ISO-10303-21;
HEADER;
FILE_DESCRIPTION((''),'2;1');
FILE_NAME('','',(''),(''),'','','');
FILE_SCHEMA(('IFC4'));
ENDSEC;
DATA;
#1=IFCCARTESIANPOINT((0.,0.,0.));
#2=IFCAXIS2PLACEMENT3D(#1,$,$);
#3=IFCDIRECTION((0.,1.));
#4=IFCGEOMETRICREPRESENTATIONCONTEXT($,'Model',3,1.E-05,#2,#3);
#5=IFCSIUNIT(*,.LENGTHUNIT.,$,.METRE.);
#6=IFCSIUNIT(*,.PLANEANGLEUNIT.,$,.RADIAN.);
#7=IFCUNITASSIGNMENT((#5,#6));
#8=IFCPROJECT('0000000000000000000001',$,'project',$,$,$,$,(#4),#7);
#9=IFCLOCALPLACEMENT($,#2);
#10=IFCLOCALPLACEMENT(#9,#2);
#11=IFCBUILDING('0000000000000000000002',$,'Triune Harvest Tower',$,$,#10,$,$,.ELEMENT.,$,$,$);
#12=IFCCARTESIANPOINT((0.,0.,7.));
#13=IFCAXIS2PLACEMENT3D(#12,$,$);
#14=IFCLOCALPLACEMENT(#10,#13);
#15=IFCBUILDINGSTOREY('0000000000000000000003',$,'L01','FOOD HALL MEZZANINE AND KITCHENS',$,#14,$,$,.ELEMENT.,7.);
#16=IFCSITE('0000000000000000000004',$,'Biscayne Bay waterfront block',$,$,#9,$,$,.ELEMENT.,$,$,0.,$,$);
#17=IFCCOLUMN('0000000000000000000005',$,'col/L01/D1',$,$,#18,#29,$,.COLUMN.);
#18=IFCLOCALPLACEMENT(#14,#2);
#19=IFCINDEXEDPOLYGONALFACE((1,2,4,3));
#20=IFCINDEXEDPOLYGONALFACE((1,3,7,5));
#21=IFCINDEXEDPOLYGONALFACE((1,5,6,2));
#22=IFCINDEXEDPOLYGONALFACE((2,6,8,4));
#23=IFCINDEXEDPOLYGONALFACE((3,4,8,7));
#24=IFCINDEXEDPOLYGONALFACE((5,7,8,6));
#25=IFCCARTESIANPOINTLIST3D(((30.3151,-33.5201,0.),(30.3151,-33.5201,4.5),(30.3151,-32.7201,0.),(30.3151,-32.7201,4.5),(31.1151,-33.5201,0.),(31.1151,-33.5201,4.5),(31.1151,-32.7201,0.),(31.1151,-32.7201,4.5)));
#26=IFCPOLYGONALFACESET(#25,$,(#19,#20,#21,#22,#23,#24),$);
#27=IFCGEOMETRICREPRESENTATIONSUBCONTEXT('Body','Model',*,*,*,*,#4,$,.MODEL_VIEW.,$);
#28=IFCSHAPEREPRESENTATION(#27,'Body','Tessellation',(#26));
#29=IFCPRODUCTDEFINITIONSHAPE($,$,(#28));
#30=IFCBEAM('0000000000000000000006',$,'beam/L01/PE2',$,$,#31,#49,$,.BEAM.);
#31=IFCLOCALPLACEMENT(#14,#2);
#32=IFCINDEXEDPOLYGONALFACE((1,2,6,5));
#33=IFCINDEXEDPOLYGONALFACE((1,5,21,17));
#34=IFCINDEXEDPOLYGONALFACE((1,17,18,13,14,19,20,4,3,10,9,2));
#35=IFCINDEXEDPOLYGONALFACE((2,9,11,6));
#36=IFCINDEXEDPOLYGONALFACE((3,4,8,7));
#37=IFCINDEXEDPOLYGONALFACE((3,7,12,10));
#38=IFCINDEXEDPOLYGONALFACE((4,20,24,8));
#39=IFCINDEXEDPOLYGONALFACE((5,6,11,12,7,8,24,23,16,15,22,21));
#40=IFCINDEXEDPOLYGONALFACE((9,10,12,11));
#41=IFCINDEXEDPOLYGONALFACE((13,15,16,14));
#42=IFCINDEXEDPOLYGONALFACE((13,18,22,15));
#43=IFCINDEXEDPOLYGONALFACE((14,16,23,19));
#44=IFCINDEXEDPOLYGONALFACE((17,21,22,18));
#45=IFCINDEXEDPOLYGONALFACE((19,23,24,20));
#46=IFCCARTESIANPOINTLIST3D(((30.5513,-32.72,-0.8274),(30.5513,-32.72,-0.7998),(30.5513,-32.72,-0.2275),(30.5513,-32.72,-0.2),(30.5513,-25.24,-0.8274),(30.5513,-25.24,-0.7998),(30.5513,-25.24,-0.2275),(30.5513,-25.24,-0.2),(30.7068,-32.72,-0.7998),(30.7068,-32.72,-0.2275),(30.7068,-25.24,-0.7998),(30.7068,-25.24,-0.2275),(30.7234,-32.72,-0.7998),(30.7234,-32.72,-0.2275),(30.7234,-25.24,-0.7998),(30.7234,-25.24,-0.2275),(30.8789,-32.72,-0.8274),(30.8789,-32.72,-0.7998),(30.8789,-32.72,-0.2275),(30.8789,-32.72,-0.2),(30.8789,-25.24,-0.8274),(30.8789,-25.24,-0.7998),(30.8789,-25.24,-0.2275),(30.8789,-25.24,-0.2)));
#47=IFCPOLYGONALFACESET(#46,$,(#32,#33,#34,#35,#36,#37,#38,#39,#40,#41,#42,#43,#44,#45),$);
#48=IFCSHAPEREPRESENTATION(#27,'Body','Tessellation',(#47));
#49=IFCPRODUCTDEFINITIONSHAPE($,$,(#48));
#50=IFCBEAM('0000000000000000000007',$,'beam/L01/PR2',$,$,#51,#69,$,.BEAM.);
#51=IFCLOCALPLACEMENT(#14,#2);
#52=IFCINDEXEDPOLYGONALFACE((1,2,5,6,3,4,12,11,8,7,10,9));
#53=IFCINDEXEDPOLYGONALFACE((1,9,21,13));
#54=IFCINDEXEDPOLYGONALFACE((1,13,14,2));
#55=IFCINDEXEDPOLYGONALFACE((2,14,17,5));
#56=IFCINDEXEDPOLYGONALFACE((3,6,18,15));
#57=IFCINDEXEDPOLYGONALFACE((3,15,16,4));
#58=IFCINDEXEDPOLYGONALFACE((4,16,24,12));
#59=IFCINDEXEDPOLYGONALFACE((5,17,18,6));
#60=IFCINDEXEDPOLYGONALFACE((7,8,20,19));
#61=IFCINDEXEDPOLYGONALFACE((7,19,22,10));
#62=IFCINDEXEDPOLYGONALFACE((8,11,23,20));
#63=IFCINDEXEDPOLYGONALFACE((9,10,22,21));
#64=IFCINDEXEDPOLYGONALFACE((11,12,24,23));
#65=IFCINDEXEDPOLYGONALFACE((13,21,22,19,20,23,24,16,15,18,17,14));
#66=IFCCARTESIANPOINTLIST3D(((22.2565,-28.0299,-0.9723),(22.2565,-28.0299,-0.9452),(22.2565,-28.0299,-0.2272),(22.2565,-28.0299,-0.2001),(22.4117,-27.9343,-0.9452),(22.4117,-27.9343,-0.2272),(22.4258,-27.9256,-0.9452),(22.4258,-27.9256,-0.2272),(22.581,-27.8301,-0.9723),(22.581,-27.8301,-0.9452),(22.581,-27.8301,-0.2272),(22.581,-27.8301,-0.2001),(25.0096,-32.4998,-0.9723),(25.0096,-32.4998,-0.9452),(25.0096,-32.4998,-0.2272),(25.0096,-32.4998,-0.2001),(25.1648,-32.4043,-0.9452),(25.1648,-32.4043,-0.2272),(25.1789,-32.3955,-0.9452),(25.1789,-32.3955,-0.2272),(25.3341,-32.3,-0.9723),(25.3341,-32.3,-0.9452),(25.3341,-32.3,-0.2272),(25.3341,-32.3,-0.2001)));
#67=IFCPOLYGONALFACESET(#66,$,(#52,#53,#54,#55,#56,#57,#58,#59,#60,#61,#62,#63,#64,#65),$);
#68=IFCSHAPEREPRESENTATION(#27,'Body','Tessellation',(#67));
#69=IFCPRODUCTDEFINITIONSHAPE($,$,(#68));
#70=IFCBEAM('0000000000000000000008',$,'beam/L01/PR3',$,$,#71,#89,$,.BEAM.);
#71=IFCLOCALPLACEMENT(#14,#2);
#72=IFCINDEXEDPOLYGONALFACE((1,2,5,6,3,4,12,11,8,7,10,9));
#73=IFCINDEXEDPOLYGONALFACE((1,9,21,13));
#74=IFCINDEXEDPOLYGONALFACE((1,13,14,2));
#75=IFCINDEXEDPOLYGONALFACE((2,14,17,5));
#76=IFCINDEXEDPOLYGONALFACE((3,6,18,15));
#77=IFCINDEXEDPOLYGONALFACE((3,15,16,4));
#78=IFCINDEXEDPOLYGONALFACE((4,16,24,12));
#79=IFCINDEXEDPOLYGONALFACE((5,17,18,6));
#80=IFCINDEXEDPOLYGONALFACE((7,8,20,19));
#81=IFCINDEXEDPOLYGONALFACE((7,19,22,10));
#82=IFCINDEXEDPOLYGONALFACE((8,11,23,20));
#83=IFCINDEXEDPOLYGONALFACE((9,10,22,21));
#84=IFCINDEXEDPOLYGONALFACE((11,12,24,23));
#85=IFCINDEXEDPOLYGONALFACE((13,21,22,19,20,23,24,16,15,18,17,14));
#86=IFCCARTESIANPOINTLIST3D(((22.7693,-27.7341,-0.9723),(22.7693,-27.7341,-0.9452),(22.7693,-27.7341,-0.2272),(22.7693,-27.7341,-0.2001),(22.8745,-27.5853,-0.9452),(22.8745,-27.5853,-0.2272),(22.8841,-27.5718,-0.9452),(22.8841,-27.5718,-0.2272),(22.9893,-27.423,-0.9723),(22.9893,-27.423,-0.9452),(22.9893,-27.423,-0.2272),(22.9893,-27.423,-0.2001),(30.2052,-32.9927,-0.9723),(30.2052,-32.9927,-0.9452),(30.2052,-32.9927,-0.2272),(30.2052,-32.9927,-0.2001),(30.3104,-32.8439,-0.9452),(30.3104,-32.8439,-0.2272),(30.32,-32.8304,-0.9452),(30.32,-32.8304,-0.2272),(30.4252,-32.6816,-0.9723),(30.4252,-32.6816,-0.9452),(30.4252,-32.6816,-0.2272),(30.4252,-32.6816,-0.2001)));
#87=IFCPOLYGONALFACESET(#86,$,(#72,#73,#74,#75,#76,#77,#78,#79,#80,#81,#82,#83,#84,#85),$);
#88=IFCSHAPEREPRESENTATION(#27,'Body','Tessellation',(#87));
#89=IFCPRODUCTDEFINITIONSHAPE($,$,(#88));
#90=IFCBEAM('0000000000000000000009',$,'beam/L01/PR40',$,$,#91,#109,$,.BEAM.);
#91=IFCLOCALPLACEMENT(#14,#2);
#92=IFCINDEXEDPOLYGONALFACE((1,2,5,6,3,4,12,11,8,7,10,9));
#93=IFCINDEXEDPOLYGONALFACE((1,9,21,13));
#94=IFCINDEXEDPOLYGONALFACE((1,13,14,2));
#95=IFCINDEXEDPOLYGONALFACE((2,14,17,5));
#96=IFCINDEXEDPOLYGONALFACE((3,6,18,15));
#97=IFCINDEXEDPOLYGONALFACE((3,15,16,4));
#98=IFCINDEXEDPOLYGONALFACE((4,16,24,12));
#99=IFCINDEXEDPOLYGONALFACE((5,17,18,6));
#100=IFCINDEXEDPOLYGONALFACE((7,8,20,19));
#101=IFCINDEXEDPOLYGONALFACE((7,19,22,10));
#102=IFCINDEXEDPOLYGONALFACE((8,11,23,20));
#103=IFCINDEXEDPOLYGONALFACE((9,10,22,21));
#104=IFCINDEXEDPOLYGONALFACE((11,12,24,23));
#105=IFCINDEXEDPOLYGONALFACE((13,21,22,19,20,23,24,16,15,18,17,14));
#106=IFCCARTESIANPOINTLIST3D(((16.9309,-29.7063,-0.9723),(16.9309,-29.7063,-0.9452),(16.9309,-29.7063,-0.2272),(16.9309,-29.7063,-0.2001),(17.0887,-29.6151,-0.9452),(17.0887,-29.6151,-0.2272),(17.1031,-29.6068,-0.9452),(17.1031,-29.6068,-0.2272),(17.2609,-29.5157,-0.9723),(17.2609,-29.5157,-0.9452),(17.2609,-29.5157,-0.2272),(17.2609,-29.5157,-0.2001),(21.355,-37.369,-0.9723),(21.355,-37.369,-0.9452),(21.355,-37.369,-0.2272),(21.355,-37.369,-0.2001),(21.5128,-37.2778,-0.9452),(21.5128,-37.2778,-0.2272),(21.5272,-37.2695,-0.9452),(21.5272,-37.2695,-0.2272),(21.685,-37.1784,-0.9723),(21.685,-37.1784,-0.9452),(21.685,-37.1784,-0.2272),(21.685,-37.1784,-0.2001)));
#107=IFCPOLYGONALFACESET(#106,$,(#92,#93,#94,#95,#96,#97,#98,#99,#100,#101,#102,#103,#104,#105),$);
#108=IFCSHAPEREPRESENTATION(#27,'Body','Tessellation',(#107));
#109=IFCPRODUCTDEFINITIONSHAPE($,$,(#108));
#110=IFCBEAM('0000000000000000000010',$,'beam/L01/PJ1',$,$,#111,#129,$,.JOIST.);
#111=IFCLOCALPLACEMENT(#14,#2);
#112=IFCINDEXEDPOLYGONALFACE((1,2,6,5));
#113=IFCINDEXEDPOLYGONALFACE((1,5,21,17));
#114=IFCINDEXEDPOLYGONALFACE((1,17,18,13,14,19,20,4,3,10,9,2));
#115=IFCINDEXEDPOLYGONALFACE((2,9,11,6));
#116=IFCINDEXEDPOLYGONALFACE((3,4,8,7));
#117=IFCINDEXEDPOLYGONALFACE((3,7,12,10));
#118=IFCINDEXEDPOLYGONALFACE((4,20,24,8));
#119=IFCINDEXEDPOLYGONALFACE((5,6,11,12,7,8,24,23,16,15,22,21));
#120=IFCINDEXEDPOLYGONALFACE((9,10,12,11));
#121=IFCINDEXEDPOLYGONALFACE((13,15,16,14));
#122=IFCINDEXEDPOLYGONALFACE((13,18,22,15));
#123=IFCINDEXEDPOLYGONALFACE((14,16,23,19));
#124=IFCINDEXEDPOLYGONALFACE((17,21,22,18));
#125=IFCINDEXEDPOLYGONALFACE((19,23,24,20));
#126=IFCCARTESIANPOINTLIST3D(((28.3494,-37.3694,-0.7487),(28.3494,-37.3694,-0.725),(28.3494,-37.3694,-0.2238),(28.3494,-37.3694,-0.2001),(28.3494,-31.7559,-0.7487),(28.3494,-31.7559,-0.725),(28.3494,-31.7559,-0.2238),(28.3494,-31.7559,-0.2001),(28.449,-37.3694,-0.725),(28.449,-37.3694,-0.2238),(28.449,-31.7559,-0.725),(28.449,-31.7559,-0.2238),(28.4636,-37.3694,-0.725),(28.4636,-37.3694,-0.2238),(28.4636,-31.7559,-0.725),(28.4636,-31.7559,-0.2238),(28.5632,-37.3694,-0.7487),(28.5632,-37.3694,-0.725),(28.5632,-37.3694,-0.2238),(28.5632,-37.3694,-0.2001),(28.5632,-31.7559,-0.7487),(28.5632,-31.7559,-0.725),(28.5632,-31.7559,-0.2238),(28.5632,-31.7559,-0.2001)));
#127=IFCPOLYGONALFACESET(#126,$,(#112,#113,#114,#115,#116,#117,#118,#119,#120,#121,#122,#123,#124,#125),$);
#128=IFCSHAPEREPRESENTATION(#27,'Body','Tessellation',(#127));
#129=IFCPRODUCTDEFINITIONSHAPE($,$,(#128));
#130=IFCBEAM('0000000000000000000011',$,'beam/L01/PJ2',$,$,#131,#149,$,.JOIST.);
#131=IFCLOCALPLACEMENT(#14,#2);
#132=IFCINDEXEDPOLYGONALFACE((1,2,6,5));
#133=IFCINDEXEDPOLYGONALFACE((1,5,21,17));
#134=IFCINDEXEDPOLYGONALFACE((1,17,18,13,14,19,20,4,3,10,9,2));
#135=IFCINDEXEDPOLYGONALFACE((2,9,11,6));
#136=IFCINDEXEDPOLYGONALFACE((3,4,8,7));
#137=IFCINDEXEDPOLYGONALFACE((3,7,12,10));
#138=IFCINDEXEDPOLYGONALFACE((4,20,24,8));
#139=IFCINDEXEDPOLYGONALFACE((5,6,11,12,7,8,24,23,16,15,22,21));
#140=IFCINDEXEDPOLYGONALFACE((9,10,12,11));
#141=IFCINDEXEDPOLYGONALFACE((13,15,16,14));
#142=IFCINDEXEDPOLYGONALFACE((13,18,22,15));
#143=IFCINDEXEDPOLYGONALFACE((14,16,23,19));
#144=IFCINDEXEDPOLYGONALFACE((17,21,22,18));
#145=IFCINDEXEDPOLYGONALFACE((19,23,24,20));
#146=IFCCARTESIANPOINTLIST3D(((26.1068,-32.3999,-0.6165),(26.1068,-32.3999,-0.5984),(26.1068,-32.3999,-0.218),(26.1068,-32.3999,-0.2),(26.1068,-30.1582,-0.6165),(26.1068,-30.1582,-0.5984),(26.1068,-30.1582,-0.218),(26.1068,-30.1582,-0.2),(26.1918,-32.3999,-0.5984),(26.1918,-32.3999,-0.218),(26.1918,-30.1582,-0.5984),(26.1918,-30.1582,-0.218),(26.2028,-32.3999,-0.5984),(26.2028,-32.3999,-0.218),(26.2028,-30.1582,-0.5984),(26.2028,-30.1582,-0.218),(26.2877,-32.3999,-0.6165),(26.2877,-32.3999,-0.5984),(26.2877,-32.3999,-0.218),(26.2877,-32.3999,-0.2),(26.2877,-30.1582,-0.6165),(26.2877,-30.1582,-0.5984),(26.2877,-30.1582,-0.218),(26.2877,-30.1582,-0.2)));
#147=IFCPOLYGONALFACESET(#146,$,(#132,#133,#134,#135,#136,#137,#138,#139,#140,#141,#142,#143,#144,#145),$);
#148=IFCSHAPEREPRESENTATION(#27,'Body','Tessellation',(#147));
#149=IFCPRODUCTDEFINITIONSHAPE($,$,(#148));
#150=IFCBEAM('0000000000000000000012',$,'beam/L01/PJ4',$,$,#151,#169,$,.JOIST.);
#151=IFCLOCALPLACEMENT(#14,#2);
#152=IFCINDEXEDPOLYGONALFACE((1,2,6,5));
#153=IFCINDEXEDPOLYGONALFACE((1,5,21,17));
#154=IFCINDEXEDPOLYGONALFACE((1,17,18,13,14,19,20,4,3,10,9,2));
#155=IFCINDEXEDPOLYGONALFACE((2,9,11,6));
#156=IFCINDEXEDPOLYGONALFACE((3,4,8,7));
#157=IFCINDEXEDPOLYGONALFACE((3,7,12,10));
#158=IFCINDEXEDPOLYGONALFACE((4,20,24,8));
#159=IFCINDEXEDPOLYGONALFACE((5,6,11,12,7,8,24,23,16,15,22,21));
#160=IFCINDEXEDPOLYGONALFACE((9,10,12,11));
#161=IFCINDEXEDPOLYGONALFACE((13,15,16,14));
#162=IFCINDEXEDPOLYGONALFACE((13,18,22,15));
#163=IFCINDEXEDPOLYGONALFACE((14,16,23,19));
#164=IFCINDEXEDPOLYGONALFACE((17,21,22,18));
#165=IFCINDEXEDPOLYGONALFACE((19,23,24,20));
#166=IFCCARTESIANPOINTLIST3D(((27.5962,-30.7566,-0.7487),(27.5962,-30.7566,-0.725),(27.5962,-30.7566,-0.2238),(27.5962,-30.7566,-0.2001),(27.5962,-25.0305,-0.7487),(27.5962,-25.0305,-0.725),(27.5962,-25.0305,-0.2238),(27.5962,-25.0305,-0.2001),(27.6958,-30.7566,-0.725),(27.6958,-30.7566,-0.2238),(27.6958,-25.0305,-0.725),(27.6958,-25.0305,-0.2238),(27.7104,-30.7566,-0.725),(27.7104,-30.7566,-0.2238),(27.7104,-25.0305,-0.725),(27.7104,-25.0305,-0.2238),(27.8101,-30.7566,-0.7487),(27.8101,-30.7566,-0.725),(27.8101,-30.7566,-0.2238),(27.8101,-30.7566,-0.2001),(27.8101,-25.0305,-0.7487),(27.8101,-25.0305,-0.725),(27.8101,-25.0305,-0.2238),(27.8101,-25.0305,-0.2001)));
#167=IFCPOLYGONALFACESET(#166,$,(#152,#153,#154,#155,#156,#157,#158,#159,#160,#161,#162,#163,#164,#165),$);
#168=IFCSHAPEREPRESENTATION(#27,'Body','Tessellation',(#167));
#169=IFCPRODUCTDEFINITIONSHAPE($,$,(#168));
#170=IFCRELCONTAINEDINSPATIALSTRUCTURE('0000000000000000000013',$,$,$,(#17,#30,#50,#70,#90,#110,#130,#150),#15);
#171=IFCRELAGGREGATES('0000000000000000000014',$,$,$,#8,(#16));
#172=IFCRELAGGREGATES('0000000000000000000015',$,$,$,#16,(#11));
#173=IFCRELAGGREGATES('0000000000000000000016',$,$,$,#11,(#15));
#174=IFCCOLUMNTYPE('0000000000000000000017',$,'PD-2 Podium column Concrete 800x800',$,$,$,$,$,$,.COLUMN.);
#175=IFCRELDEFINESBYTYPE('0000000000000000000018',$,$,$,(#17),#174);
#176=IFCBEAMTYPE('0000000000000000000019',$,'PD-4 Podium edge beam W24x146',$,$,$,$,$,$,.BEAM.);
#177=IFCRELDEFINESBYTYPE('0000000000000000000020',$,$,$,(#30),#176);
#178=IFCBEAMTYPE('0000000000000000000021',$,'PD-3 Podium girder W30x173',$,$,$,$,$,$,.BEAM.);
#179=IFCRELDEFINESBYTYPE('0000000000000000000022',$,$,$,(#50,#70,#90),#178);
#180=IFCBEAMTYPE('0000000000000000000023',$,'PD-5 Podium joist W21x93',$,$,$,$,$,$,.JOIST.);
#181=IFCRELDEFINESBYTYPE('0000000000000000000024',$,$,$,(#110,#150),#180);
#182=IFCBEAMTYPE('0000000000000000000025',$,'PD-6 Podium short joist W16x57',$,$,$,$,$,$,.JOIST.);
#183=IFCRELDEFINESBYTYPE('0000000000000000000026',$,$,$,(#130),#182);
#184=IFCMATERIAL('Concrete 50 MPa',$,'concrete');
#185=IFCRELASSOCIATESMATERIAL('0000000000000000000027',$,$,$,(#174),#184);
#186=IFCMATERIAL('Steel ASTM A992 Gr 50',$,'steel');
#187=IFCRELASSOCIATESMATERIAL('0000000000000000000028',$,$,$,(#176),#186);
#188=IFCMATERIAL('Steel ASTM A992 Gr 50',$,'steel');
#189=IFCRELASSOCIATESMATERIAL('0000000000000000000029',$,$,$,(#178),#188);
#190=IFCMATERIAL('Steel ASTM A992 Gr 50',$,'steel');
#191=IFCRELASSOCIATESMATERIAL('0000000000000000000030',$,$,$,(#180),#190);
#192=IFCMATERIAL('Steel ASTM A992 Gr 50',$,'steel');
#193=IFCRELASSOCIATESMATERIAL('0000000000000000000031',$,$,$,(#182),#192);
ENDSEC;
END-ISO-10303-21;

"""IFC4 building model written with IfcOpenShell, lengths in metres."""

from ifc_helpers import new_model, si_unit, direction, frame, origin, origin_2d, place, context, subcontext, project, spatial, rectangle, i_section, extrude, source, transform, mapped, material, material_profile, profile_set, type_object, element, save


model = new_model("IFC4")

# Units and contexts
model_context = context("Model", 3, precision=1e-05, world=origin(), true_north=direction((0.0, 1.0)))
body_context = subcontext(model_context, "Body", "Model", "MODEL_VIEW")
ifc_project = project(units=[si_unit("LENGTHUNIT", "METRE"), si_unit("PLANEANGLEUNIT", "RADIAN")], contexts=[model_context])

# Site, building, storey
site_placement = place(None, origin())
site = spatial("IfcSite", under=ifc_project, at=site_placement, Name="Biscayne Bay waterfront block", CompositionType="ELEMENT", RefElevation=0.0)
building_placement = place(site_placement, origin())
building = spatial("IfcBuilding", under=site, at=building_placement, Name="Triune Harvest Tower", CompositionType="ELEMENT")
storey_placement = place(building_placement, frame((0.0, 0.0, 7.0)))
storey = spatial("IfcBuildingStorey", under=building, at=storey_placement, Name="L01", Description="FOOD HALL MEZZANINE AND KITCHENS", CompositionType="ELEMENT", Elevation=7.0)

# Column
ifc_material_1 = material(Name="Concrete 50 MPa", Category="concrete")
ifc_material_profile_1 = material_profile(ifc_material_1, rectangle(XDim=0.8, YDim=0.8, at=origin_2d()), Name="Concrete 800x800")
ifc_profile_set_1 = profile_set([ifc_material_profile_1], Name="Concrete 50 MPa")
column_type = type_object("IfcColumnType", Name="PD-2 Podium column Concrete 800x800", PredefinedType="COLUMN", material=ifc_profile_set_1)
shared_shape_1 = source(origin(), body_context, "Body", "SweptSolid", [
    extrude(rectangle(XDim=0.8, YDim=0.8, at=origin_2d()), origin(), (0.0, 0.0, 1.0), 4.5),
])
column_placement = place(storey_placement, frame((30.7151, -33.1201, 0.0), z_axis=(0.0, 0.0, 1.0), x_axis=(0.0, 1.0, 0.0)))
element("IfcColumn", 1, at=column_placement, inside=storey, type_object=column_type, Name="col/L01/D1", PredefinedType="COLUMN", context=body_context, shape_type="MappedRepresentation", body=[
    mapped(shared_shape_1, transform((0.0, 0.0, 0.0), scale=1.0)),
])

# Beams
ifc_material_2 = material(Name="Steel ASTM A992 Gr 50", Category="steel")
ifc_material_profile_2 = material_profile(ifc_material_2, i_section(OverallWidth=0.3276, OverallDepth=0.6274, WebThickness=0.0166, FlangeThickness=0.0276, at=origin_2d()), Name="W24x146")
ifc_profile_set_2 = profile_set([ifc_material_profile_2], Name="Steel ASTM A992 Gr 50")
beam_type_1 = type_object("IfcBeamType", Name="PD-4 Podium edge beam W24x146", PredefinedType="BEAM", material=ifc_profile_set_2)
shared_shape_2 = source(origin(), body_context, "Body", "SweptSolid", [
    extrude(i_section(OverallWidth=0.3276, OverallDepth=0.6274, WebThickness=0.0166, FlangeThickness=0.0276, at=origin_2d()), origin(), (0.0, 0.0, 1.0), 7.48),
])
beam_1_placement = place(storey_placement, frame((30.7151, -32.72, -0.5137), z_axis=(0.0, 1.0, 0.0), x_axis=(-1.0, 0.0, 0.0)))
element("IfcBeam", 2, at=beam_1_placement, inside=storey, type_object=beam_type_1, Name="beam/L01/PE2", PredefinedType="BEAM", context=body_context, shape_type="MappedRepresentation", body=[
    mapped(shared_shape_2, transform((0.0, 0.0, 0.0), scale=1.0)),
])
ifc_material_3 = material(Name="Steel ASTM A992 Gr 50", Category="steel")
ifc_material_profile_3 = material_profile(ifc_material_3, i_section(OverallWidth=0.3811, OverallDepth=0.7722, WebThickness=0.0166, FlangeThickness=0.0271, at=origin_2d()), Name="W30x173")
ifc_profile_set_3 = profile_set([ifc_material_profile_3], Name="Steel ASTM A992 Gr 50")
beam_type_2 = type_object("IfcBeamType", Name="PD-3 Podium girder W30x173", PredefinedType="BEAM", material=ifc_profile_set_3)
shared_shape_3 = source(origin(), body_context, "Body", "SweptSolid", [
    extrude(i_section(OverallWidth=0.3811, OverallDepth=0.7722, WebThickness=0.0166, FlangeThickness=0.0271, at=origin_2d()), origin(), (0.0, 0.0, 1.0), 5.2498),
])
beam_2_placement = place(storey_placement, frame((25.1719, -32.3999, -0.5862), z_axis=(-0.524432, 0.851452, 0.0), x_axis=(-0.851452, -0.524432, 0.0)))
element("IfcBeam", 3, at=beam_2_placement, inside=storey, type_object=beam_type_2, Name="beam/L01/PR2", PredefinedType="BEAM", context=body_context, shape_type="MappedRepresentation", body=[
    mapped(shared_shape_3, transform((0.0, 0.0, 0.0), scale=1.0)),
])
shared_shape_4 = source(origin(), body_context, "Body", "SweptSolid", [
    extrude(i_section(OverallWidth=0.3811, OverallDepth=0.7722, WebThickness=0.0166, FlangeThickness=0.0271, at=origin_2d()), origin(), (0.0, 0.0, 1.0), 9.1074),
])
beam_3_placement = place(storey_placement, frame((30.3152, -32.8372, -0.5862), z_axis=(-0.816463, 0.577398, 0.0), x_axis=(-0.577398, -0.816463, 0.0)))
element("IfcBeam", 4, at=beam_3_placement, inside=storey, type_object=beam_type_2, Name="beam/L01/PR3", PredefinedType="BEAM", context=body_context, shape_type="MappedRepresentation", body=[
    mapped(shared_shape_4, transform((0.0, 0.0, 0.0), scale=1.0)),
])
shared_shape_5 = source(origin(), body_context, "Body", "SweptSolid", [
    extrude(i_section(OverallWidth=0.3811, OverallDepth=0.7722, WebThickness=0.0166, FlangeThickness=0.0271, at=origin_2d()), origin(), (0.0, 0.0, 1.0), 8.8481),
])
beam_4_placement = place(storey_placement, frame((21.52, -37.2737, -0.5862), z_axis=(-0.500006, 0.866022, 0.0), x_axis=(-0.866022, -0.500006, 0.0)))
element("IfcBeam", 5, at=beam_4_placement, inside=storey, type_object=beam_type_2, Name="beam/L01/PR40", PredefinedType="BEAM", context=body_context, shape_type="MappedRepresentation", body=[
    mapped(shared_shape_5, transform((0.0, 0.0, 0.0), scale=1.0)),
])
ifc_material_4 = material(Name="Steel ASTM A992 Gr 50", Category="steel")
ifc_material_profile_4 = material_profile(ifc_material_4, i_section(OverallWidth=0.2139, OverallDepth=0.5486, WebThickness=0.0146, FlangeThickness=0.0237, at=origin_2d()), Name="W21x93")
ifc_profile_set_4 = profile_set([ifc_material_profile_4], Name="Steel ASTM A992 Gr 50")
beam_type_3 = type_object("IfcBeamType", Name="PD-5 Podium joist W21x93", PredefinedType="JOIST", material=ifc_profile_set_4)
shared_shape_6 = source(origin(), body_context, "Body", "SweptSolid", [
    extrude(i_section(OverallWidth=0.2139, OverallDepth=0.5486, WebThickness=0.0146, FlangeThickness=0.0237, at=origin_2d()), origin(), (0.0, 0.0, 1.0), 5.6135),
])
beam_5_placement = place(storey_placement, frame((28.4563, -37.3694, -0.4744), z_axis=(0.0, 1.0, 0.0), x_axis=(-1.0, 0.0, 0.0)))
element("IfcBeam", 6, at=beam_5_placement, inside=storey, type_object=beam_type_3, Name="beam/L01/PJ1", PredefinedType="JOIST", context=body_context, shape_type="MappedRepresentation", body=[
    mapped(shared_shape_6, transform((0.0, 0.0, 0.0), scale=1.0)),
])
ifc_material_5 = material(Name="Steel ASTM A992 Gr 50", Category="steel")
ifc_material_profile_5 = material_profile(ifc_material_5, i_section(OverallWidth=0.1809, OverallDepth=0.4165, WebThickness=0.011, FlangeThickness=0.0181, at=origin_2d()), Name="W16x57")
ifc_profile_set_5 = profile_set([ifc_material_profile_5], Name="Steel ASTM A992 Gr 50")
beam_type_4 = type_object("IfcBeamType", Name="PD-6 Podium short joist W16x57", PredefinedType="JOIST", material=ifc_profile_set_5)
shared_shape_7 = source(origin(), body_context, "Body", "SweptSolid", [
    extrude(i_section(OverallWidth=0.1809, OverallDepth=0.4165, WebThickness=0.011, FlangeThickness=0.0181, at=origin_2d()), origin(), (0.0, 0.0, 1.0), 2.2417),
])
beam_6_placement = place(storey_placement, frame((26.1973, -32.3999, -0.4082), z_axis=(0.0, 1.0, 0.0), x_axis=(-1.0, 0.0, 0.0)))
element("IfcBeam", 7, at=beam_6_placement, inside=storey, type_object=beam_type_4, Name="beam/L01/PJ2", PredefinedType="JOIST", context=body_context, shape_type="MappedRepresentation", body=[
    mapped(shared_shape_7, transform((0.0, 0.0, 0.0), scale=1.0)),
])
shared_shape_8 = source(origin(), body_context, "Body", "SweptSolid", [
    extrude(i_section(OverallWidth=0.2139, OverallDepth=0.5486, WebThickness=0.0146, FlangeThickness=0.0237, at=origin_2d()), origin(), (0.0, 0.0, 1.0), 5.7261),
])
beam_7_placement = place(storey_placement, frame((27.7031, -30.7566, -0.4744), z_axis=(0.0, 1.0, 0.0), x_axis=(-1.0, 0.0, 0.0)))
element("IfcBeam", 8, at=beam_7_placement, inside=storey, type_object=beam_type_3, Name="beam/L01/PJ4", PredefinedType="JOIST", context=body_context, shape_type="MappedRepresentation", body=[
    mapped(shared_shape_8, transform((0.0, 0.0, 0.0), scale=1.0)),
])

save(model, "model.ifc")
